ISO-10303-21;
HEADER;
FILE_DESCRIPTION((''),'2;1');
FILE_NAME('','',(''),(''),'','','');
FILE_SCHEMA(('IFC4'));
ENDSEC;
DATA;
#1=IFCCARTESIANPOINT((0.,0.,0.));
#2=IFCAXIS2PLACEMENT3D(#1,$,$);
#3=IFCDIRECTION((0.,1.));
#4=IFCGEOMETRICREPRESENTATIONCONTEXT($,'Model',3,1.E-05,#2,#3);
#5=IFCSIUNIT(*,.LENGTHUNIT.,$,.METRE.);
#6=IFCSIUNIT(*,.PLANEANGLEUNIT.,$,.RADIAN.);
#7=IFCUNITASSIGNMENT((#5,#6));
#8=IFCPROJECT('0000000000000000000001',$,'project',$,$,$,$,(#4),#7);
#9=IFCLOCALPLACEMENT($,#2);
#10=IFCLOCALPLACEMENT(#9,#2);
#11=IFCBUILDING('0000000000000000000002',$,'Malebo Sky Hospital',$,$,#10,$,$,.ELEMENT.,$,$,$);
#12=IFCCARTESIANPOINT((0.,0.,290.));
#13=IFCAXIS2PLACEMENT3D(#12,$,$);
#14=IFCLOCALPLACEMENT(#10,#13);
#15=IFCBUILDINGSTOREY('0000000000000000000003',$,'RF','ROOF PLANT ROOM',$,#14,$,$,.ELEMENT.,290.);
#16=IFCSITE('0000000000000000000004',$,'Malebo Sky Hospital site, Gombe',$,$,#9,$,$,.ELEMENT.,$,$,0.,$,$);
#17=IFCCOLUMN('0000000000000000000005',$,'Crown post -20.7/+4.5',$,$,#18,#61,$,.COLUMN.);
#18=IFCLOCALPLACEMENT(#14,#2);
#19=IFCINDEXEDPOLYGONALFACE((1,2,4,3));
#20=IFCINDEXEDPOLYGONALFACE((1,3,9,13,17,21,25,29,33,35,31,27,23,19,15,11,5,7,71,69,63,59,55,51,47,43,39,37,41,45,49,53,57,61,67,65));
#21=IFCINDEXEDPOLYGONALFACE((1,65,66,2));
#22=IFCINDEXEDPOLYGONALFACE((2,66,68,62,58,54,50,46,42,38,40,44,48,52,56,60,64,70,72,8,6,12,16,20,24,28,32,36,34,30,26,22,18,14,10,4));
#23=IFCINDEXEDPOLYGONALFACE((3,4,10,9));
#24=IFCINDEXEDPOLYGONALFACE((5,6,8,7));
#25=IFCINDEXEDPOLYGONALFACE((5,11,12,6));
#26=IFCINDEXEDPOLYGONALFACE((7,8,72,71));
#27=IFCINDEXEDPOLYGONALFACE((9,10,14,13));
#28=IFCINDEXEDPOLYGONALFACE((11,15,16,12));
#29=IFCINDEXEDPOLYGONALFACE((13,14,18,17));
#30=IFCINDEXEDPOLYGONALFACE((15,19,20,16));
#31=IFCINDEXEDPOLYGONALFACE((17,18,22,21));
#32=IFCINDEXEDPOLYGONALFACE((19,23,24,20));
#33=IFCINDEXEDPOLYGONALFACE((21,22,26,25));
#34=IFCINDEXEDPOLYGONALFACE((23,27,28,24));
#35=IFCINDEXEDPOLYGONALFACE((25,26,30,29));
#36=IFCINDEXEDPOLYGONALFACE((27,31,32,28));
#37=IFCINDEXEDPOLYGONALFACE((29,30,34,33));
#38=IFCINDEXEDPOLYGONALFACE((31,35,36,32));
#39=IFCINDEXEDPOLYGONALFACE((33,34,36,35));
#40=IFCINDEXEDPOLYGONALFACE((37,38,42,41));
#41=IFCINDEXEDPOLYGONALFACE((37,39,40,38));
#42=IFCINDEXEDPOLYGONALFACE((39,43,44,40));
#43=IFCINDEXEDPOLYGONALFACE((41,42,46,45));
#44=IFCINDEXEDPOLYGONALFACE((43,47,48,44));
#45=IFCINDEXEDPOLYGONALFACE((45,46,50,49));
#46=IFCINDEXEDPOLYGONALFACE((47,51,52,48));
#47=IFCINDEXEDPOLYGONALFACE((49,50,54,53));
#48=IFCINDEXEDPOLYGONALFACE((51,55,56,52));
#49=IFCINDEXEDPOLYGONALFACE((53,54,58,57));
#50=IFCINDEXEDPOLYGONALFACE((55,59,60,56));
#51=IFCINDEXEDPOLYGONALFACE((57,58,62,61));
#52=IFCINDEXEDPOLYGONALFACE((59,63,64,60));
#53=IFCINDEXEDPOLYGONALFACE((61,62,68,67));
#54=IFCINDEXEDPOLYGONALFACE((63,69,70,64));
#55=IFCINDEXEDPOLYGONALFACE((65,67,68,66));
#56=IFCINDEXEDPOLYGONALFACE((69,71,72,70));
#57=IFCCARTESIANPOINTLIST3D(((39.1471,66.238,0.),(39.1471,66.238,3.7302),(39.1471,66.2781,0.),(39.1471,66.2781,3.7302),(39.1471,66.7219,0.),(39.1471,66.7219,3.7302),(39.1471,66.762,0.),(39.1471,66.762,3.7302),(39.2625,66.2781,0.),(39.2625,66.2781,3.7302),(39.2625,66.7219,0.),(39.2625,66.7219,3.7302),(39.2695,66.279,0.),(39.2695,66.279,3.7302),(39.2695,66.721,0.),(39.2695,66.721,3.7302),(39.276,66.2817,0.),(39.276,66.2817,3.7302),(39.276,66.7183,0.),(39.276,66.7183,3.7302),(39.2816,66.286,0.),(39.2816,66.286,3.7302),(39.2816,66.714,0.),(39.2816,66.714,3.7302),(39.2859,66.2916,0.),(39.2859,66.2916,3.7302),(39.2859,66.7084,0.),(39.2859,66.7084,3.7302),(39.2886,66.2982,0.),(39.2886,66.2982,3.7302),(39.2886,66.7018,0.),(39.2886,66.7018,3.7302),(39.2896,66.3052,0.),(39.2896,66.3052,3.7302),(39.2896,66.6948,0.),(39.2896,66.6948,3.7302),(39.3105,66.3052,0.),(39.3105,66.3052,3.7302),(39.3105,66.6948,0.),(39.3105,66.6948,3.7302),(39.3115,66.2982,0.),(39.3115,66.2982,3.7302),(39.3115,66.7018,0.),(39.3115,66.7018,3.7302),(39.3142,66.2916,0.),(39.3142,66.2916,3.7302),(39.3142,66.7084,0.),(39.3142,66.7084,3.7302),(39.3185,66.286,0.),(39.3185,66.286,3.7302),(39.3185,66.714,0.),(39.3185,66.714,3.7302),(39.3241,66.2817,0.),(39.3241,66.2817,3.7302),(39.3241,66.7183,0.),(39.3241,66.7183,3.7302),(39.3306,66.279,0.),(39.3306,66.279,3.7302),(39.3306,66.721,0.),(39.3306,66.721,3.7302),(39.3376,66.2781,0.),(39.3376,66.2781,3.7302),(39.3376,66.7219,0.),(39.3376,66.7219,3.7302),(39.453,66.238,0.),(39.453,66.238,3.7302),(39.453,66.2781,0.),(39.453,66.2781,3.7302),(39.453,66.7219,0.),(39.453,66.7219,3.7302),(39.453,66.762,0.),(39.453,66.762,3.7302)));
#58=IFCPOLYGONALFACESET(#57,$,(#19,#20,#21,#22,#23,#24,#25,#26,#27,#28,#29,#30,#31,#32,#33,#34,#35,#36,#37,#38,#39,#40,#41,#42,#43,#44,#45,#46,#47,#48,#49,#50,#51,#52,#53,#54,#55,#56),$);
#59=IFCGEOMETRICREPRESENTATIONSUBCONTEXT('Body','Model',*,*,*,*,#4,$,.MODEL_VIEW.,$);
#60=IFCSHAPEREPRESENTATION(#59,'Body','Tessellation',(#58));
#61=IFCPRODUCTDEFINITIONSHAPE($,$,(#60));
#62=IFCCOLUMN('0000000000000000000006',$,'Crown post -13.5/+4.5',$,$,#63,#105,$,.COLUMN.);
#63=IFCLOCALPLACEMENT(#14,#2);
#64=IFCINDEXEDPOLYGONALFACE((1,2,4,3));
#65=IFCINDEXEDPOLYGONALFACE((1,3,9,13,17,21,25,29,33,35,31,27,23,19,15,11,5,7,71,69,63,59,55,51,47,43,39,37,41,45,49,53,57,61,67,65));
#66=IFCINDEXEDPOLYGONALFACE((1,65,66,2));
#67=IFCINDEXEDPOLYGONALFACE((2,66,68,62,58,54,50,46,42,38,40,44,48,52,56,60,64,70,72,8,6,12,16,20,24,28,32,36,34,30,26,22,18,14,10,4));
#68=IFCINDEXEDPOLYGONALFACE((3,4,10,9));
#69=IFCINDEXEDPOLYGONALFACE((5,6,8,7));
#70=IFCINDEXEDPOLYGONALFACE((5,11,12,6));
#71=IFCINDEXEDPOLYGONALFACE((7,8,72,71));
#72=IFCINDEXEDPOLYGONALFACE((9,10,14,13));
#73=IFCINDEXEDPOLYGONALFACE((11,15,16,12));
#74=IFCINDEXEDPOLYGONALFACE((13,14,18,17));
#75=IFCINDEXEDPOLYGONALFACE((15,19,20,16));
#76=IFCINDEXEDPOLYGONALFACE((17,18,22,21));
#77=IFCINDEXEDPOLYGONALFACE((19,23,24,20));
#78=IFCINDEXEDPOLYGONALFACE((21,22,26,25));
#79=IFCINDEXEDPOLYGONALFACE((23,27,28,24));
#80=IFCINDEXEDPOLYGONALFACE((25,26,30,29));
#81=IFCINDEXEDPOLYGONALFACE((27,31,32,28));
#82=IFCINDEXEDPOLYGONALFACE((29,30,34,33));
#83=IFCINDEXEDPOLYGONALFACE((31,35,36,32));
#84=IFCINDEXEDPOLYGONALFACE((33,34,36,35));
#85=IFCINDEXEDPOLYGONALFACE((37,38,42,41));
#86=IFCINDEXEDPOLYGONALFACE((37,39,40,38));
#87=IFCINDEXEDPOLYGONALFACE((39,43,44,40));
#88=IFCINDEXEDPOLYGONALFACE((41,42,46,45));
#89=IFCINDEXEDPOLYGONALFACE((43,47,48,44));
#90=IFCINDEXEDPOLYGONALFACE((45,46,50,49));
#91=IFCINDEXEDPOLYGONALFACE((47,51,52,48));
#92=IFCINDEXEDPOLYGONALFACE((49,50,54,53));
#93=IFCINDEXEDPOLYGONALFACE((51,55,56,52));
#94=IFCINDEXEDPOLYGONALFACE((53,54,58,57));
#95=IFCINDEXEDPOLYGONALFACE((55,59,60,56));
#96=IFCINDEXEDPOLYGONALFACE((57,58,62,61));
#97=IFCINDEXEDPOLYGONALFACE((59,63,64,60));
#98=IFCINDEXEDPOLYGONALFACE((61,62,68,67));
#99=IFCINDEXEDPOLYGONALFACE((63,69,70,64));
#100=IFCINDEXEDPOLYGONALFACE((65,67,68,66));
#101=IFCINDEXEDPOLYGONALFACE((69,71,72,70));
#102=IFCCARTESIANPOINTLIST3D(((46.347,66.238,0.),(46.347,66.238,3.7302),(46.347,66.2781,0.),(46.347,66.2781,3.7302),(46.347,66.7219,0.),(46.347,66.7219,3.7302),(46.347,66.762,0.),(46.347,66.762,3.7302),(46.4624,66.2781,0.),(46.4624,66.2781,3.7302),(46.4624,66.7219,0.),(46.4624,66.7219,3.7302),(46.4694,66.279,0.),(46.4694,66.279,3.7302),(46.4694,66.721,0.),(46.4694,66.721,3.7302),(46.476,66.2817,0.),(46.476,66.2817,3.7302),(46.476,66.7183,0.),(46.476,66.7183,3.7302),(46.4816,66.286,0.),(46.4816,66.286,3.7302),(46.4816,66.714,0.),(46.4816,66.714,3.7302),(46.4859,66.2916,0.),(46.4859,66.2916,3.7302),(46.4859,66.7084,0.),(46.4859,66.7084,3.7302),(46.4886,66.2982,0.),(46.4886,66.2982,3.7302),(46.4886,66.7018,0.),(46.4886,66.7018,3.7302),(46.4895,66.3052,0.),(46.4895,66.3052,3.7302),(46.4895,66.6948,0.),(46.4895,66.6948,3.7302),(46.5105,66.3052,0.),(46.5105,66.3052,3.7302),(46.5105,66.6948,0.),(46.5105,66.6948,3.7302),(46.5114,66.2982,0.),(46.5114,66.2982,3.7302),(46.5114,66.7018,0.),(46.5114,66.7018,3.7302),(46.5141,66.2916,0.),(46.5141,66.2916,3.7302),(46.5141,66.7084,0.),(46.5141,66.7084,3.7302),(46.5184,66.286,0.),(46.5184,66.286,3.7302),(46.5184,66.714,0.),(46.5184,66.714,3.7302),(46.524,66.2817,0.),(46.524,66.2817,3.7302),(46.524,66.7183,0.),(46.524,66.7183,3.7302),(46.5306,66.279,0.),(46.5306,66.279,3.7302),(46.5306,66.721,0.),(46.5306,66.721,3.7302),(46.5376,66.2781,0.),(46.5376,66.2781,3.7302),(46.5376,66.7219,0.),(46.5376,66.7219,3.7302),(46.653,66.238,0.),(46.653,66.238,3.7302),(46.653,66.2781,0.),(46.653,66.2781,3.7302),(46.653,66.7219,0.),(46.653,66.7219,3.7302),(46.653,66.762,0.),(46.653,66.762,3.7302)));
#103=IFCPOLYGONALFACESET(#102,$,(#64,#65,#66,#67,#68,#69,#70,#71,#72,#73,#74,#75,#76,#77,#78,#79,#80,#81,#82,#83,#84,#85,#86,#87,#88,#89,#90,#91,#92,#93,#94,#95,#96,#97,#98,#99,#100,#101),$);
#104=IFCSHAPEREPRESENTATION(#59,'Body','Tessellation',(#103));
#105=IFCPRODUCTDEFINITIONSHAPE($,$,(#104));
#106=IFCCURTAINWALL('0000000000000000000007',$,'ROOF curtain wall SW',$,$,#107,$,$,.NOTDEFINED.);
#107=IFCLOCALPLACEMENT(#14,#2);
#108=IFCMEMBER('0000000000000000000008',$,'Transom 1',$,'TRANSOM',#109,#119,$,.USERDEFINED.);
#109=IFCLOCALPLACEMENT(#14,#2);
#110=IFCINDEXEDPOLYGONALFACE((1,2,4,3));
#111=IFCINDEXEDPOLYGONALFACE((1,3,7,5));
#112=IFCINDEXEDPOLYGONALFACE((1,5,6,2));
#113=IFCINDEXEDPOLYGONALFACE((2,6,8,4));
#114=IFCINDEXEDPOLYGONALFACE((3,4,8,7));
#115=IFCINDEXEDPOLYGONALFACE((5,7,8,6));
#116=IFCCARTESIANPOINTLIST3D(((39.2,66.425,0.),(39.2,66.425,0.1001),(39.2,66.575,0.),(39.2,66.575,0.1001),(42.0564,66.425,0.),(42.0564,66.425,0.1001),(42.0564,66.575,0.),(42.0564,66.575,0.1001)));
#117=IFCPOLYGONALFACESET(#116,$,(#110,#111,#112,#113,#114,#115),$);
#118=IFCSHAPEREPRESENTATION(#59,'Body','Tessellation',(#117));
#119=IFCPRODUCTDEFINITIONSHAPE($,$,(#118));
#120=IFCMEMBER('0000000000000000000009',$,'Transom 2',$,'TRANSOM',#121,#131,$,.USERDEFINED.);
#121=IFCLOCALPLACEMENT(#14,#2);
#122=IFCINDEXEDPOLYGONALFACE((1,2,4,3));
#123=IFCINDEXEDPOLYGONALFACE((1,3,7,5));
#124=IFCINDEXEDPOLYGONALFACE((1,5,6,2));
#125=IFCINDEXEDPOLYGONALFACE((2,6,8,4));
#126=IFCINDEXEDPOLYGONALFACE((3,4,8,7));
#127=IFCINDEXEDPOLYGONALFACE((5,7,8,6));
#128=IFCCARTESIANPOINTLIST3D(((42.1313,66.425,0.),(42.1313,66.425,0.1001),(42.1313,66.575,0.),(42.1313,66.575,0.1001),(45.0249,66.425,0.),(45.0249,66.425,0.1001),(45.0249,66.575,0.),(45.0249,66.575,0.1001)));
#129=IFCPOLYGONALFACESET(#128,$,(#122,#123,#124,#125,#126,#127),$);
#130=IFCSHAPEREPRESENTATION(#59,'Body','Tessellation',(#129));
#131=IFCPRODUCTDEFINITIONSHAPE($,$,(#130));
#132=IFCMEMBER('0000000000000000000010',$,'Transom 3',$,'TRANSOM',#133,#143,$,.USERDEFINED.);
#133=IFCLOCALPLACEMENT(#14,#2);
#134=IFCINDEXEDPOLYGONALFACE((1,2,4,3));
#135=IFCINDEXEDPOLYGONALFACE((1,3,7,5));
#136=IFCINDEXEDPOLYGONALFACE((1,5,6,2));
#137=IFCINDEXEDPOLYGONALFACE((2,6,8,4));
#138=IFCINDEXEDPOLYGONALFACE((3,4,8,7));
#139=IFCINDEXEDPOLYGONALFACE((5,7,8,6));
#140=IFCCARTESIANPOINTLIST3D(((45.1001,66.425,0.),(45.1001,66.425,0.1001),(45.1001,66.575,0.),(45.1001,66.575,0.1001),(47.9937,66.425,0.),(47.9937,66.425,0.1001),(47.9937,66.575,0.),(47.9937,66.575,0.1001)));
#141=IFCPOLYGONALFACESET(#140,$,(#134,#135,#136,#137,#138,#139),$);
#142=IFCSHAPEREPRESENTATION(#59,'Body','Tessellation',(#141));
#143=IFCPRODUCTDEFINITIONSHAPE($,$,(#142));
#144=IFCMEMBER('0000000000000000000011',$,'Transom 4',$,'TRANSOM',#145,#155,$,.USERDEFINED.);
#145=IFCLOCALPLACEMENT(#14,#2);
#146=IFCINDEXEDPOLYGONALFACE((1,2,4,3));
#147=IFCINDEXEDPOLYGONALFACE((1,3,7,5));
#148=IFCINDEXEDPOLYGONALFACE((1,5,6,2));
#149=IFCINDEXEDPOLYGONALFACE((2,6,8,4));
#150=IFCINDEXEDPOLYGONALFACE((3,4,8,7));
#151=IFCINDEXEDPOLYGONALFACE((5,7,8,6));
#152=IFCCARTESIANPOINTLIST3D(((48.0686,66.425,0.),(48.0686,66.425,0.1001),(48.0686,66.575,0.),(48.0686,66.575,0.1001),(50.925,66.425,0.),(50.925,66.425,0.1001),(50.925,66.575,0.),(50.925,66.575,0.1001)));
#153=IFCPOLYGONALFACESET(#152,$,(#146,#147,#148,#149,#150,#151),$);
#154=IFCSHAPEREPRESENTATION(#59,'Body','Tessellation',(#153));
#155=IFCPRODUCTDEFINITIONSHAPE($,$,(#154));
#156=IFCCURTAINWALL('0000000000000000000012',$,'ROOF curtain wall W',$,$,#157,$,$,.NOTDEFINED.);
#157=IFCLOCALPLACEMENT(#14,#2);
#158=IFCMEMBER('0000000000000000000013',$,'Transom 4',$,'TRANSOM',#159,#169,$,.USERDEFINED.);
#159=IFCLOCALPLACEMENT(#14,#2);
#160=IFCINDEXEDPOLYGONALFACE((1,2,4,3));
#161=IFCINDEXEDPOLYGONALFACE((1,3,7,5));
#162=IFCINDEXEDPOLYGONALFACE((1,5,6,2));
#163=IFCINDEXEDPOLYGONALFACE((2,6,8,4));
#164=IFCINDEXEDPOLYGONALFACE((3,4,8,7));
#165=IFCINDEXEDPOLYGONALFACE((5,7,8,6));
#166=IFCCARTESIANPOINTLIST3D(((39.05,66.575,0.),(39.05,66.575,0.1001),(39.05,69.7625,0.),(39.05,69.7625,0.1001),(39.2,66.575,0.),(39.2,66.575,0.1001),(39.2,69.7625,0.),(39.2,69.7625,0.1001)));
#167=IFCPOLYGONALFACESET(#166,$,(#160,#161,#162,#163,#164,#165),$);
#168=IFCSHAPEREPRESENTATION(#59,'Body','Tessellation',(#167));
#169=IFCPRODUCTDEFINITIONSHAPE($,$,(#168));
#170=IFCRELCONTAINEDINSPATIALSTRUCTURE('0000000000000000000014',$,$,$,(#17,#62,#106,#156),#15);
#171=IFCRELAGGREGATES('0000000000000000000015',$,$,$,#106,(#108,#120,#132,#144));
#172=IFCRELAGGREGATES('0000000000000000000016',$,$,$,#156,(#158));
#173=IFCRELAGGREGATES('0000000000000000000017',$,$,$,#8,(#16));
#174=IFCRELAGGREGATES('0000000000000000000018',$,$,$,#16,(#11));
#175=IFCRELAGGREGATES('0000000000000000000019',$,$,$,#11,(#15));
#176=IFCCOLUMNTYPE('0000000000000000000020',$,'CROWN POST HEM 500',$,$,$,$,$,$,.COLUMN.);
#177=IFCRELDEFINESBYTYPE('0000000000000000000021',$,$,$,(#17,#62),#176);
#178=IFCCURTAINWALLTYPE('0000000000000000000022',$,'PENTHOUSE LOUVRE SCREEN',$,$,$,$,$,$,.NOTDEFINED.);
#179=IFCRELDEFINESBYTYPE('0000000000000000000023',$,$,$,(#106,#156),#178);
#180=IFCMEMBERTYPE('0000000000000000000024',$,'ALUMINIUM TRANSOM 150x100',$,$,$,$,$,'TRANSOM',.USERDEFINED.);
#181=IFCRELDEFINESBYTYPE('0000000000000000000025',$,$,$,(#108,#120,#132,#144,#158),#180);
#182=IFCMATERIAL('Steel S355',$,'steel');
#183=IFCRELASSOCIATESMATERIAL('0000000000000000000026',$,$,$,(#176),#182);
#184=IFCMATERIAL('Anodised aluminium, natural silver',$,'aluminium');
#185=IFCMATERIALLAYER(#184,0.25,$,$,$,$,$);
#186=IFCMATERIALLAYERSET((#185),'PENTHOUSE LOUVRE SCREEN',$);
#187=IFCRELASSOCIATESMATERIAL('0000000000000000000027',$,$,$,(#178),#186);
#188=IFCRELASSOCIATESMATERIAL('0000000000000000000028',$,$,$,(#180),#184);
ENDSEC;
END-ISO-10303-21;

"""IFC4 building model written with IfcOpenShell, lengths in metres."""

from ifc_helpers import new_model, si_unit, direction, frame, origin, origin_2d, place, context, subcontext, project, spatial, rectangle, i_section, extrude, material, layer, layer_set, material_profile, profile_set, type_object, element, aggregate, save


model = new_model("IFC4")

# Units and contexts
model_context = context("Model", 3, precision=1e-05, world=origin(), true_north=direction((0.0, 1.0)))
body_context = subcontext(model_context, "Body", "Model", "MODEL_VIEW")
ifc_project = project(units=[si_unit("LENGTHUNIT", "METRE"), si_unit("PLANEANGLEUNIT", "RADIAN")], contexts=[model_context])

# Site, building, storey
site_placement = place(None, origin())
site = spatial("IfcSite", under=ifc_project, at=site_placement, Name="Malebo Sky Hospital site, Gombe", CompositionType="ELEMENT", RefElevation=0.0)
building_placement = place(site_placement, origin())
building = spatial("IfcBuilding", under=site, at=building_placement, Name="Malebo Sky Hospital", CompositionType="ELEMENT")
storey_placement = place(building_placement, frame((0.0, 0.0, 290.0)))
storey = spatial("IfcBuildingStorey", under=building, at=storey_placement, Name="RF", Description="ROOF PLANT ROOM", CompositionType="ELEMENT", Elevation=290.0)

# Columns
ifc_material_1 = material(Name="Steel S355", Category="steel")
ifc_material_profile_1 = material_profile(ifc_material_1, i_section(OverallWidth=0.3059, OverallDepth=0.5239, WebThickness=0.021, FlangeThickness=0.04, FilletRadius=0.0271, at=origin_2d()), Name="HEM 500")
ifc_profile_set_1 = profile_set([ifc_material_profile_1], Name="Steel S355")
column_type = type_object("IfcColumnType", Name="CROWN POST HEM 500", PredefinedType="COLUMN", material=ifc_profile_set_1)
for number, where, z_axis, x_axis, name in (
    (1, (39.3, 66.5, 0.0), (0.0, 0.0, 1.0), (1.0, 0.0, 0.0), "Crown post -20.7/+4.5"),
    (2, (46.5, 66.5, 0.0), (0.0, 0.0, 1.0), (1.0, 0.0, 0.0), "Crown post -13.5/+4.5"),
):
    element("IfcColumn", number, at=place(storey_placement, frame(where, z_axis=z_axis, x_axis=x_axis)), inside=storey, type_object=column_type, Name=name, PredefinedType="COLUMN", context=body_context, shape_type="SweptSolid", body=[
        extrude(i_section(OverallWidth=0.3059, OverallDepth=0.5239, WebThickness=0.021, FlangeThickness=0.04, FilletRadius=0.0271, at=origin_2d()), origin(), (0.0, 0.0, 1.0), 3.7302),
    ])

# Curtain wall, members
ifc_material_2 = material(Name="Anodised aluminium, natural silver", Category="aluminium")
ifc_layer_1 = layer(ifc_material_2, 0.25)
ifc_layer_set_1 = layer_set([ifc_layer_1], Name="PENTHOUSE LOUVRE SCREEN")
curtain_wall_type = type_object("IfcCurtainWallType", Name="PENTHOUSE LOUVRE SCREEN", PredefinedType="NOTDEFINED", material=ifc_layer_set_1)
curtain_wall_1_placement = place(storey_placement, origin())
curtain_wall_1 = element("IfcCurtainWall", 3, at=curtain_wall_1_placement, inside=storey, type_object=curtain_wall_type, Name="ROOF curtain wall SW", PredefinedType="NOTDEFINED")
ifc_material_profile_2 = material_profile(ifc_material_2, rectangle(XDim=0.1499, YDim=0.1001, at=origin_2d()), Name="ALUMINIUM TRANSOM 150x100")
ifc_profile_set_2 = profile_set([ifc_material_profile_2], Name="Anodised aluminium, natural silver")
member_type_1 = type_object("IfcMemberType", Name="ALUMINIUM TRANSOM 150x100", ElementType="TRANSOM", PredefinedType="USERDEFINED", material=ifc_profile_set_2)
member_1_placement = place(storey_placement, frame((39.2, 66.5, 0.05), z_axis=(1.0, 0.0, 0.0), x_axis=(0.0, 1.0, 0.0)))
member_1 = element("IfcMember", 4, at=member_1_placement, type_object=member_type_1, Name="Transom 1", ObjectType="TRANSOM", PredefinedType="USERDEFINED", context=body_context, shape_type="SweptSolid", body=[
    extrude(rectangle(XDim=0.1499, YDim=0.1001, at=origin_2d()), origin(), (0.0, 0.0, 1.0), 2.8564),
])
member_2_placement = place(storey_placement, frame((42.1313, 66.5, 0.05), z_axis=(1.0, 0.0, 0.0), x_axis=(0.0, 1.0, 0.0)))
member_2 = element("IfcMember", 5, at=member_2_placement, type_object=member_type_1, Name="Transom 2", ObjectType="TRANSOM", PredefinedType="USERDEFINED", context=body_context, shape_type="SweptSolid", body=[
    extrude(rectangle(XDim=0.1499, YDim=0.1001, at=origin_2d()), origin(), (0.0, 0.0, 1.0), 2.8936),
])
member_3_placement = place(storey_placement, frame((45.1001, 66.5, 0.05), z_axis=(1.0, 0.0, 0.0), x_axis=(0.0, 1.0, 0.0)))
member_3 = element("IfcMember", 6, at=member_3_placement, type_object=member_type_1, Name="Transom 3", ObjectType="TRANSOM", PredefinedType="USERDEFINED", context=body_context, shape_type="SweptSolid", body=[
    extrude(rectangle(XDim=0.1499, YDim=0.1001, at=origin_2d()), origin(), (0.0, 0.0, 1.0), 2.8936),
])
member_4_placement = place(storey_placement, frame((48.0686, 66.5, 0.05), z_axis=(1.0, 0.0, 0.0), x_axis=(0.0, 1.0, 0.0)))
member_4 = element("IfcMember", 7, at=member_4_placement, type_object=member_type_1, Name="Transom 4", ObjectType="TRANSOM", PredefinedType="USERDEFINED", context=body_context, shape_type="SweptSolid", body=[
    extrude(rectangle(XDim=0.1499, YDim=0.1001, at=origin_2d()), origin(), (0.0, 0.0, 1.0), 2.8564),
])

# Curtain wall, member
curtain_wall_2_placement = place(storey_placement, origin())
curtain_wall_2 = element("IfcCurtainWall", 8, at=curtain_wall_2_placement, inside=storey, type_object=curtain_wall_type, Name="ROOF curtain wall W", PredefinedType="NOTDEFINED")
member_5_placement = place(storey_placement, frame((39.125, 69.7625, 0.05), z_axis=(0.0, -1.0, 0.0), x_axis=(1.0, 0.0, 0.0)))
member_5 = element("IfcMember", 9, at=member_5_placement, type_object=member_type_1, Name="Transom 4", ObjectType="TRANSOM", PredefinedType="USERDEFINED", context=body_context, shape_type="SweptSolid", body=[
    extrude(rectangle(XDim=0.1499, YDim=0.1001, at=origin_2d()), origin(), (0.0, 0.0, 1.0), 3.1875),
])

aggregate(curtain_wall_1, [member_1, member_2, member_3, member_4])
aggregate(curtain_wall_2, [member_5])

save(model, "model.ifc")
